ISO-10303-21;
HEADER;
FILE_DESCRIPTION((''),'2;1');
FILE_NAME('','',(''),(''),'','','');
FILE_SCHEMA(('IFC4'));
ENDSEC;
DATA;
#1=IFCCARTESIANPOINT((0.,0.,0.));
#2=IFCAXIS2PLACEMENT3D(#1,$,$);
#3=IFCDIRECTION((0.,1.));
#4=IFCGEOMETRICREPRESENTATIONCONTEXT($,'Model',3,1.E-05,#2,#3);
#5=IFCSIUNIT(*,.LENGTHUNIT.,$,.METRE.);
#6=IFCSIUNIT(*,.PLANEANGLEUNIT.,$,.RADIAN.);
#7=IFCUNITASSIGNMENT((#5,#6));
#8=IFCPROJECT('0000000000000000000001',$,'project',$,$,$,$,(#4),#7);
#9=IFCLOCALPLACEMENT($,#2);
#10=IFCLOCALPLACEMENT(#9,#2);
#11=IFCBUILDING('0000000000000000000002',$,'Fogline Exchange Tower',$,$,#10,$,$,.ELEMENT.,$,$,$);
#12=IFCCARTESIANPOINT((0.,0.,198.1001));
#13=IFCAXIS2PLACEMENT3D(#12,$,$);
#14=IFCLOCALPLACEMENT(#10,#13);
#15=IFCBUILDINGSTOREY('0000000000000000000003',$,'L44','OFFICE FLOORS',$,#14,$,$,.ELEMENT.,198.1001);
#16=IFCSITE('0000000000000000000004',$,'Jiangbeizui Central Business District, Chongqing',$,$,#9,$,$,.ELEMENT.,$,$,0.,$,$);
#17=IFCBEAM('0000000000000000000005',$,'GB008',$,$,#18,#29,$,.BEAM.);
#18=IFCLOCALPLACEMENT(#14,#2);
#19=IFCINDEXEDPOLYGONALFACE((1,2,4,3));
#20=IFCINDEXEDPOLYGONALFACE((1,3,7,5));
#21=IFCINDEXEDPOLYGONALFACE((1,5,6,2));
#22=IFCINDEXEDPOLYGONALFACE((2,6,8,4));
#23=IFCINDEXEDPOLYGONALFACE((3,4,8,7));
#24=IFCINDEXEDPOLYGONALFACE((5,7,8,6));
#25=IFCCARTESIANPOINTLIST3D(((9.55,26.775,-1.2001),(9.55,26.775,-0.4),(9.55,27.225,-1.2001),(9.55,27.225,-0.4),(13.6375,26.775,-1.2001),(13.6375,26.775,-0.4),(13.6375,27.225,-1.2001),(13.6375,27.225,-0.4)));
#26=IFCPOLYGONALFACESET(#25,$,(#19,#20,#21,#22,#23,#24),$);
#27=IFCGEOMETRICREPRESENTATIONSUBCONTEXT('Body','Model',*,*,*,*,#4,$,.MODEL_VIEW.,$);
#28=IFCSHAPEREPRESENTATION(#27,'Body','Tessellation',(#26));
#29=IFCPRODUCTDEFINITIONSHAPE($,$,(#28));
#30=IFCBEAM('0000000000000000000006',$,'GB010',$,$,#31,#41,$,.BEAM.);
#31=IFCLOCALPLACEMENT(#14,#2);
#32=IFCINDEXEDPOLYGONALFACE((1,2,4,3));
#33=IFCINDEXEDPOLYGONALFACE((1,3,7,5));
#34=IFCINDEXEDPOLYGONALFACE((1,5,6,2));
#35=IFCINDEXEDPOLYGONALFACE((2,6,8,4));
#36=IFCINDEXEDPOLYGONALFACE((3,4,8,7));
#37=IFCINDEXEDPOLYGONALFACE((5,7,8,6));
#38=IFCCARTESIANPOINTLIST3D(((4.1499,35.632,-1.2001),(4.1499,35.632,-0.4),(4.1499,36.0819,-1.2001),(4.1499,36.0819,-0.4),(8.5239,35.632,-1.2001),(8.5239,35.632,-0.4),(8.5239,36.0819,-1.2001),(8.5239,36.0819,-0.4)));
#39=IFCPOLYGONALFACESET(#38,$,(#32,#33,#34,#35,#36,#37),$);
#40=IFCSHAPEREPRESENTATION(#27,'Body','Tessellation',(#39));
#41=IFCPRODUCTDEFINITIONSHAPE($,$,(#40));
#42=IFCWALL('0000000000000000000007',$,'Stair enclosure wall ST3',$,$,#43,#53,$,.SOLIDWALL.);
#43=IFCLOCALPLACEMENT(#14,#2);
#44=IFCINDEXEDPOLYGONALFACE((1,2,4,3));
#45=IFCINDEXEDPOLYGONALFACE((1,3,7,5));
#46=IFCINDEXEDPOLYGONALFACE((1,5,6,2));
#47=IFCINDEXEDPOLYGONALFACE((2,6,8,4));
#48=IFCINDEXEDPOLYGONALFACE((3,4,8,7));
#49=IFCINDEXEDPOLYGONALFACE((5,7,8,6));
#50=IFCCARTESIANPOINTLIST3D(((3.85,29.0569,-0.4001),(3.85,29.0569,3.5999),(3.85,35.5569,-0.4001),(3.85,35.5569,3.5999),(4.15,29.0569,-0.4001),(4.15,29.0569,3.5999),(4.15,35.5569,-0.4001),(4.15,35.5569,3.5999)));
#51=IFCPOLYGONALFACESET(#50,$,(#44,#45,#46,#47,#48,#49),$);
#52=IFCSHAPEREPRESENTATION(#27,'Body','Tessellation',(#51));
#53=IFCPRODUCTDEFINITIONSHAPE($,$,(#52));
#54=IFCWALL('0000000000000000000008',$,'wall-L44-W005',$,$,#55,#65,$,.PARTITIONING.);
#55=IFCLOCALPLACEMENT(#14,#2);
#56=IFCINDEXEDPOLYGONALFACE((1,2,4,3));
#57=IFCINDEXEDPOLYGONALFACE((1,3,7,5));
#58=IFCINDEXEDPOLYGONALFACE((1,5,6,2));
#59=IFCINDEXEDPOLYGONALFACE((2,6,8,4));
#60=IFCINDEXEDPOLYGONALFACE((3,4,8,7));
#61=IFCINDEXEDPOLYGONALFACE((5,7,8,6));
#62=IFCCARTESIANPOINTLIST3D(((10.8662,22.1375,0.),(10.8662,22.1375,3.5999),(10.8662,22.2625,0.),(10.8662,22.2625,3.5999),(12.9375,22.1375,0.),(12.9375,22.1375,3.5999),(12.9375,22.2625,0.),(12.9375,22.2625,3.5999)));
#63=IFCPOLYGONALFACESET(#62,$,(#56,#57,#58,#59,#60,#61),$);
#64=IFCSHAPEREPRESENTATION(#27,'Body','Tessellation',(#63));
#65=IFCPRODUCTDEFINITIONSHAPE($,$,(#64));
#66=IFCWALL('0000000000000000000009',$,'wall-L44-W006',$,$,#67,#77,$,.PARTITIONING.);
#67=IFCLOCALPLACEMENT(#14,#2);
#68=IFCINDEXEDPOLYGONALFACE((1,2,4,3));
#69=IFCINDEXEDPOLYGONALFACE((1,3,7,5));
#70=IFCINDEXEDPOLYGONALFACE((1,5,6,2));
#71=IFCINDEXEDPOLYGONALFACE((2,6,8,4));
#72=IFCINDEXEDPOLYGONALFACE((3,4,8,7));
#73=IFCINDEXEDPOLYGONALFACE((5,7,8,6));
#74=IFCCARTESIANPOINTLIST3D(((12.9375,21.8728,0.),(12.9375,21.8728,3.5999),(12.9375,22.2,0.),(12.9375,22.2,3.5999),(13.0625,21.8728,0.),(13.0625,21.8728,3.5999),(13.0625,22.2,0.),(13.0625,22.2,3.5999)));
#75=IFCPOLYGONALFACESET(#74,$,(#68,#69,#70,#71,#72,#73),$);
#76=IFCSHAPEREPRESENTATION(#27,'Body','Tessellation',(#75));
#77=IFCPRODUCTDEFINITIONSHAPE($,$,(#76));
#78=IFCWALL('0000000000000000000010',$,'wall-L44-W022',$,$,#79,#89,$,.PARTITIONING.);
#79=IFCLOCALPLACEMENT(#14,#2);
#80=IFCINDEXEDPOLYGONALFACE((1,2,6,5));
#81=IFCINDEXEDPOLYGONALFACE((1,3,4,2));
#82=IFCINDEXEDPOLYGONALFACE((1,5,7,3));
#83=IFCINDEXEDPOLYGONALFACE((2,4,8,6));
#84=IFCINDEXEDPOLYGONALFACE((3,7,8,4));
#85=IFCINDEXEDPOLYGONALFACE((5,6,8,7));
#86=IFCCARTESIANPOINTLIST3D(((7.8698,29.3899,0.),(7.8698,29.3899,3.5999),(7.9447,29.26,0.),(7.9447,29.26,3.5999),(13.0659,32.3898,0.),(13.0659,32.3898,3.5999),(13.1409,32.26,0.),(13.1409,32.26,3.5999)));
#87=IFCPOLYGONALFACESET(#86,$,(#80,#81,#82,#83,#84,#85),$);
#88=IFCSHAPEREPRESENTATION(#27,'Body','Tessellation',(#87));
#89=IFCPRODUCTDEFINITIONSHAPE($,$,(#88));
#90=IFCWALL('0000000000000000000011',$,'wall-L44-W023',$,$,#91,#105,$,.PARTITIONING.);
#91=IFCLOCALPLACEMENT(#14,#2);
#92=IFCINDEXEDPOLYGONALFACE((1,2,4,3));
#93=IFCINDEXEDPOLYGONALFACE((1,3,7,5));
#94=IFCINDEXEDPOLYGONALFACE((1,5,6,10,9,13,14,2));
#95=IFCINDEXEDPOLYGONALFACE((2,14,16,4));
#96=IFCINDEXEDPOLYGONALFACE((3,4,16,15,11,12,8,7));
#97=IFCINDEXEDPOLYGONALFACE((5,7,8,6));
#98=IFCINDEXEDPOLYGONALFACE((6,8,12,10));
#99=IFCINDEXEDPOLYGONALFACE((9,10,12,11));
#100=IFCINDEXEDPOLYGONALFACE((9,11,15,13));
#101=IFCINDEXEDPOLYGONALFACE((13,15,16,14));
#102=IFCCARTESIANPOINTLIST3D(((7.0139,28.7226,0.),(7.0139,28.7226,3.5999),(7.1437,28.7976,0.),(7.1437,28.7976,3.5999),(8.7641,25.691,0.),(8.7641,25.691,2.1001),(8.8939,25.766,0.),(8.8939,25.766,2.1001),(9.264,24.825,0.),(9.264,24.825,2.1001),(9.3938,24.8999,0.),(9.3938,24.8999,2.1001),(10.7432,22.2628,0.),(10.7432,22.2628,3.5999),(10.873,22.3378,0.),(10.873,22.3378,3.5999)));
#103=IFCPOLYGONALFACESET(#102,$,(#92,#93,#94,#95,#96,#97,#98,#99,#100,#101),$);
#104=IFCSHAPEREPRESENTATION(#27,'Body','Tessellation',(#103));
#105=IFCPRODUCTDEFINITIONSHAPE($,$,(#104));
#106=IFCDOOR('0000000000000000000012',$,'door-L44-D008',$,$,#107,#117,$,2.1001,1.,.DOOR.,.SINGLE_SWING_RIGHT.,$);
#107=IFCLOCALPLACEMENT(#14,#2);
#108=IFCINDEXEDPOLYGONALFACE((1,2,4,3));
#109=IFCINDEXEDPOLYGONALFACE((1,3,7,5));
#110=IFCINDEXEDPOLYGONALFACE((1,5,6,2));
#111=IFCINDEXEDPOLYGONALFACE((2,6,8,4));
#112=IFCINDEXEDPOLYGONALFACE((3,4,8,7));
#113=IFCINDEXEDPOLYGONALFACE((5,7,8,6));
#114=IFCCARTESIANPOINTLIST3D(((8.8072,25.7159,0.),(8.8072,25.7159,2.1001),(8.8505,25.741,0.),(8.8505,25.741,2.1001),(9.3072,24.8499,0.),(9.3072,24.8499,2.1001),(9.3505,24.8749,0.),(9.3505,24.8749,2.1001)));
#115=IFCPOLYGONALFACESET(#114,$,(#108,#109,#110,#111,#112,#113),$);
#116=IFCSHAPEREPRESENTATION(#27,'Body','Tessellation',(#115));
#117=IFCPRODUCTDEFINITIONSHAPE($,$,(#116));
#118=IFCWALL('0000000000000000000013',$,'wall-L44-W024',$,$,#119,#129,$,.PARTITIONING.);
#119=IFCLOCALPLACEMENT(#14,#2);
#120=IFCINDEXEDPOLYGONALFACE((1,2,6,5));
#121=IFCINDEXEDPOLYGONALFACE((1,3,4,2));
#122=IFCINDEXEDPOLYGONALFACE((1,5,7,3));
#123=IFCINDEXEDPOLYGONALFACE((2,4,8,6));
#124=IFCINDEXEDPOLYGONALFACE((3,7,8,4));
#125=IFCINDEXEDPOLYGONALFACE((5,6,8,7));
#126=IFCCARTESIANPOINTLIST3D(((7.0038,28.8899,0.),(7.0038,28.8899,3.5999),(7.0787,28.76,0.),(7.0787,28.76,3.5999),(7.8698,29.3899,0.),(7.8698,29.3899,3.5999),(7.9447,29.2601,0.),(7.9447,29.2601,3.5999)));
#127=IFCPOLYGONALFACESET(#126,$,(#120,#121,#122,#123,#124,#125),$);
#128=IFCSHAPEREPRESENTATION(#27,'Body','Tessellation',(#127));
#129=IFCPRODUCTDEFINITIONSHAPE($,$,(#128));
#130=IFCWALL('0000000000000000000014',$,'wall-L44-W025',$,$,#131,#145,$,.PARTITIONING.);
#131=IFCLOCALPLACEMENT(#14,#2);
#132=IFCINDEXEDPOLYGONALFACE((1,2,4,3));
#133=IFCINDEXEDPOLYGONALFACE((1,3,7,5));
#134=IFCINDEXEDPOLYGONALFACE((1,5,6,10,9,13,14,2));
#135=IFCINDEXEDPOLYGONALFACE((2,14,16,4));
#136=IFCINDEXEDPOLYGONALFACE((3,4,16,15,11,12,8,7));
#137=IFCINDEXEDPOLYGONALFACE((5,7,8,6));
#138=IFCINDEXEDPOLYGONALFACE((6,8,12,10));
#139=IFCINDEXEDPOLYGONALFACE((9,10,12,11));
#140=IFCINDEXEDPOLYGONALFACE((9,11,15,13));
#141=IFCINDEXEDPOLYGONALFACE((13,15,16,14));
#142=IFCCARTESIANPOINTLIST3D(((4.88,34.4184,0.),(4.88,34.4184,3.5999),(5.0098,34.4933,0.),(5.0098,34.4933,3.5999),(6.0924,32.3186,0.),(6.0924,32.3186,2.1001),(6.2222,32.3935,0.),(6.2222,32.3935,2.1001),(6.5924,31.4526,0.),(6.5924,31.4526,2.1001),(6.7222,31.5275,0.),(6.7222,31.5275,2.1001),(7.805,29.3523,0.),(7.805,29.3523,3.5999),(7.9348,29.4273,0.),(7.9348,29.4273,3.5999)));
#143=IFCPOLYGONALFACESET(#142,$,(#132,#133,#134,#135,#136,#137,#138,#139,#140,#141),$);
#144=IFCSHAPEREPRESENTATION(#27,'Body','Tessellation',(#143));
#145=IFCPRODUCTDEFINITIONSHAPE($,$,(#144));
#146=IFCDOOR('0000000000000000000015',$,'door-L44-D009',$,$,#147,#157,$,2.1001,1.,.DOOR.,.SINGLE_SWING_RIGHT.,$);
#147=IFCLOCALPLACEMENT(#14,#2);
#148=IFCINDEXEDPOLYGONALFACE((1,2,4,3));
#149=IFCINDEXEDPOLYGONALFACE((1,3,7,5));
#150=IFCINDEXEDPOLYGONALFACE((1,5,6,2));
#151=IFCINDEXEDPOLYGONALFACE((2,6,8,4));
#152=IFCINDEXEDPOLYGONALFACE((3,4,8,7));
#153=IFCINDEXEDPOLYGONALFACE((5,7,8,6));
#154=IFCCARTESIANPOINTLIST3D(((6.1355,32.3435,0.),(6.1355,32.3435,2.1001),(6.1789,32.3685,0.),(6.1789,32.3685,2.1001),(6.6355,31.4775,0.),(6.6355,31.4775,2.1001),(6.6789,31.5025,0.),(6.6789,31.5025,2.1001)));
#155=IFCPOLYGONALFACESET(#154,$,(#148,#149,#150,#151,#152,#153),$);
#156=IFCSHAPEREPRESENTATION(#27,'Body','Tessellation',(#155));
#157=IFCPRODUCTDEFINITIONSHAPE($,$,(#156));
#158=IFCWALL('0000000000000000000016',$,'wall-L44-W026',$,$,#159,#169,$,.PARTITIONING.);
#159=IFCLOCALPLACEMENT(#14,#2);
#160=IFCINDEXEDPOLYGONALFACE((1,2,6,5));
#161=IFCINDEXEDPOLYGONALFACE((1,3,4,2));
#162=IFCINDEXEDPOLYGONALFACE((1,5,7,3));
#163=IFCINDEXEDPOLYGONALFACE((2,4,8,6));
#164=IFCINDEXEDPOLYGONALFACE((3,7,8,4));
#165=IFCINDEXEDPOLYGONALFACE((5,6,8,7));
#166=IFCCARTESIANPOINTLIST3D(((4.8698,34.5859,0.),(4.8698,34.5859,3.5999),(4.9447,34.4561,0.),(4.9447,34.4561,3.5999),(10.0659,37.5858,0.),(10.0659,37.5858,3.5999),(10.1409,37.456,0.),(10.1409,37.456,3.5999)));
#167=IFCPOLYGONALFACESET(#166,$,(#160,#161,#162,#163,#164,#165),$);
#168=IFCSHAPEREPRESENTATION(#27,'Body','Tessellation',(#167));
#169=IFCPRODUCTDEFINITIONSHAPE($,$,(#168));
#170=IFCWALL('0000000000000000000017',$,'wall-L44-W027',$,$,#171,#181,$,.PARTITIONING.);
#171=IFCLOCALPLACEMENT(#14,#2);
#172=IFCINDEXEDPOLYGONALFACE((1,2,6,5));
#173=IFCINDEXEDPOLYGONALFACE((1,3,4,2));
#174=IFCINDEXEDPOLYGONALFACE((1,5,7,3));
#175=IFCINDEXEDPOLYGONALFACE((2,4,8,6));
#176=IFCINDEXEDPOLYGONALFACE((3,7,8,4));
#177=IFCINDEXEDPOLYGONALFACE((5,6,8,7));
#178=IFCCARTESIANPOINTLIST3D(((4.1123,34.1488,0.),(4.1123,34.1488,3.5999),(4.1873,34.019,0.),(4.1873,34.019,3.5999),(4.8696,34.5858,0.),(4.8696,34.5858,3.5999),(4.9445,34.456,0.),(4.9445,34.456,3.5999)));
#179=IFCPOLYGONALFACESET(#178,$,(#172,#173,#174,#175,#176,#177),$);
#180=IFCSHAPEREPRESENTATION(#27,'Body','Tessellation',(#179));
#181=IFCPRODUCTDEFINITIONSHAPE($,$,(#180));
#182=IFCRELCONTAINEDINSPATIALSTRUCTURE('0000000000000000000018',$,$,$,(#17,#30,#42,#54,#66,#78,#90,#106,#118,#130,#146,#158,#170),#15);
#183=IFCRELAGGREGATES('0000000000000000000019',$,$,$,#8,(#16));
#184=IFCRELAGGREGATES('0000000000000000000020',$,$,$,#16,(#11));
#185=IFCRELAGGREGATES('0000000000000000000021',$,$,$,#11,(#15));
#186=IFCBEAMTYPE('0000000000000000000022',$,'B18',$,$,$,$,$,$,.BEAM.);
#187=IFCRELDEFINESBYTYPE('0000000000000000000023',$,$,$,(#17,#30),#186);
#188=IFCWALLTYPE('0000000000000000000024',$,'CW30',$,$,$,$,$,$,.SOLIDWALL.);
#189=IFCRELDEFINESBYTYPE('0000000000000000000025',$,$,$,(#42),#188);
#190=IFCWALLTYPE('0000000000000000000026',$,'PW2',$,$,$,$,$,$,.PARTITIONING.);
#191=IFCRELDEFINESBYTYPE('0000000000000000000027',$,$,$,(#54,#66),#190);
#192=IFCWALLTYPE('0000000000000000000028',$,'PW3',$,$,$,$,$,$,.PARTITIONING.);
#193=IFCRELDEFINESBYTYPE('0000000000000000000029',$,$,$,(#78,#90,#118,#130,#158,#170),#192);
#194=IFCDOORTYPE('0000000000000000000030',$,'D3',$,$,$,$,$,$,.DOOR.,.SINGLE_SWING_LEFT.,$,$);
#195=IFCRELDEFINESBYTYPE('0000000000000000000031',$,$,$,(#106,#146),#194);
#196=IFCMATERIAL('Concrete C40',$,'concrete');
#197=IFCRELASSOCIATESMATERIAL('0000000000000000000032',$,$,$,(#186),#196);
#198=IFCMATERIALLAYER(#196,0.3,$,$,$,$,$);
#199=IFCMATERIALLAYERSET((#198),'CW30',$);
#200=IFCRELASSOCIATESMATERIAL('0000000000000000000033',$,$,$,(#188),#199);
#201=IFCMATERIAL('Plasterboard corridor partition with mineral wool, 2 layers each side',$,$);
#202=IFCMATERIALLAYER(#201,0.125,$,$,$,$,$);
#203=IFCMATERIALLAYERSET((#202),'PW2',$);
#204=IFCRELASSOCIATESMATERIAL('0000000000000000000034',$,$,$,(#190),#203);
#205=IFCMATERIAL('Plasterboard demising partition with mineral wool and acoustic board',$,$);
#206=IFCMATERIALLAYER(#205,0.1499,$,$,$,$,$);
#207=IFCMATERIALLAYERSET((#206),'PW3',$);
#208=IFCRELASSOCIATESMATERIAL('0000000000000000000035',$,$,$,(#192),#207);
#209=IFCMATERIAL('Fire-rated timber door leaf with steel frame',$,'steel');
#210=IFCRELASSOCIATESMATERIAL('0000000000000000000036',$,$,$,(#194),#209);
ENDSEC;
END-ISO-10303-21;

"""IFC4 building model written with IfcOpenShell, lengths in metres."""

from ifc_helpers import new_model, si_unit, direction, frame, frame_2d, origin, origin_2d, place, context, subcontext, project, spatial, rectangle, extrude, material, layer, layer_set, material_profile, profile_set, type_object, element, fill, save


model = new_model("IFC4")

# Units and contexts
model_context = context("Model", 3, precision=1e-05, world=origin(), true_north=direction((0.0, 1.0)))
body_context = subcontext(model_context, "Body", "Model", "MODEL_VIEW")
ifc_project = project(units=[si_unit("LENGTHUNIT", "METRE"), si_unit("PLANEANGLEUNIT", "RADIAN")], contexts=[model_context])

# Site, building, storey
site_placement = place(None, origin())
site = spatial("IfcSite", under=ifc_project, at=site_placement, Name="Jiangbeizui Central Business District, Chongqing", CompositionType="ELEMENT", RefElevation=0.0)
building_placement = place(site_placement, origin())
building = spatial("IfcBuilding", under=site, at=building_placement, Name="Fogline Exchange Tower", CompositionType="ELEMENT")
storey_placement = place(building_placement, frame((0.0, 0.0, 198.1001)))
storey = spatial("IfcBuildingStorey", under=building, at=storey_placement, Name="L44", Description="OFFICE FLOORS", CompositionType="ELEMENT", Elevation=198.1001)

# Beams
ifc_material_1 = material(Name="Concrete C40", Category="concrete")
ifc_material_profile_1 = material_profile(ifc_material_1, rectangle(XDim=0.45, YDim=0.8, at=origin_2d()), Name="RC 450x800")
ifc_profile_set_1 = profile_set([ifc_material_profile_1], Name="Concrete C40")
beam_type_1 = type_object("IfcBeamType", Name="B18", PredefinedType="BEAM", material=ifc_profile_set_1)
beam_1_placement = place(storey_placement, frame((9.55, 27.0, -0.8), z_axis=(1.0, 0.0, 0.0), x_axis=(0.0, 1.0, 0.0)))
element("IfcBeam", 1, at=beam_1_placement, inside=storey, type_object=beam_type_1, Name="GB008", PredefinedType="BEAM", context=body_context, shape_type="SweptSolid", body=[
    extrude(rectangle(XDim=0.45, YDim=0.8, at=origin_2d()), origin(), (0.0, 0.0, 1.0), 4.0874),
])
beam_2_placement = place(storey_placement, frame((4.1499, 35.8569, -0.8), z_axis=(1.0, 0.0, 0.0), x_axis=(0.0, 1.0, 0.0)))
element("IfcBeam", 2, at=beam_2_placement, inside=storey, type_object=beam_type_1, Name="GB010", PredefinedType="BEAM", context=body_context, shape_type="SweptSolid", body=[
    extrude(rectangle(XDim=0.45, YDim=0.8, at=origin_2d()), origin(), (0.0, 0.0, 1.0), 4.374),
])

# Wall
ifc_layer_1 = layer(ifc_material_1, 0.3)
ifc_layer_set_1 = layer_set([ifc_layer_1], Name="CW30")
wall_type_1 = type_object("IfcWallType", Name="CW30", PredefinedType="SOLIDWALL", material=ifc_layer_set_1)
wall_1_placement = place(storey_placement, frame((4.0, 29.0569, -0.4001), z_axis=(0.0, 0.0, 1.0), x_axis=(0.0, 1.0, 0.0)))
element("IfcWall", 3, at=wall_1_placement, inside=storey, type_object=wall_type_1, Name="Stair enclosure wall ST3", PredefinedType="SOLIDWALL", context=body_context, shape_type="SweptSolid", body=[
    extrude(rectangle(XDim=6.5, YDim=0.3, at=frame_2d((3.25, 0.0))), origin(), (0.0, 0.0, 1.0), 4.0),
])

# Walls
ifc_material_2 = material(Name="Plasterboard corridor partition with mineral wool, 2 layers each side")
ifc_layer_2 = layer(ifc_material_2, 0.125)
ifc_layer_set_2 = layer_set([ifc_layer_2], Name="PW2")
wall_type_2 = type_object("IfcWallType", Name="PW2", PredefinedType="PARTITIONING", material=ifc_layer_set_2)
wall_2_placement = place(storey_placement, frame((10.8662, 22.2, 0.0), z_axis=(0.0, 0.0, 1.0), x_axis=(1.0, 0.0, 0.0)))
element("IfcWall", 4, at=wall_2_placement, inside=storey, type_object=wall_type_2, Name="wall-L44-W005", PredefinedType="PARTITIONING", context=body_context, shape_type="SweptSolid", body=[
    extrude(rectangle(XDim=2.0713, YDim=0.125, at=frame_2d((1.0356, 0.0))), origin(), (0.0, 0.0, 1.0), 3.5999),
])
wall_3_placement = place(storey_placement, frame((13.0, 22.2, 0.0), z_axis=(0.0, 0.0, 1.0), x_axis=(0.0, -1.0, 0.0)))
element("IfcWall", 5, at=wall_3_placement, inside=storey, type_object=wall_type_2, Name="wall-L44-W006", PredefinedType="PARTITIONING", context=body_context, shape_type="SweptSolid", body=[
    extrude(rectangle(XDim=0.3271, YDim=0.125, at=frame_2d((0.1636, 0.0))), origin(), (0.0, 0.0, 1.0), 3.5999),
])
ifc_material_3 = material(Name="Plasterboard demising partition with mineral wool and acoustic board")
ifc_layer_3 = layer(ifc_material_3, 0.1499)
ifc_layer_set_3 = layer_set([ifc_layer_3], Name="PW3")
wall_type_3 = type_object("IfcWallType", Name="PW3", PredefinedType="PARTITIONING", material=ifc_layer_set_3)
wall_4_placement = place(storey_placement, frame((7.9072, 29.325, 0.0), z_axis=(0.0, 0.0, 1.0), x_axis=(0.866031, 0.49999, 0.0)))
element("IfcWall", 6, at=wall_4_placement, inside=storey, type_object=wall_type_3, Name="wall-L44-W022", PredefinedType="PARTITIONING", context=body_context, shape_type="SweptSolid", body=[
    extrude(rectangle(XDim=6.0, YDim=0.1499, at=frame_2d((3.0, 0.0))), origin(), (0.0, 0.0, 1.0), 3.5999),
])

# Wall, opening, door
wall_5_placement = place(storey_placement, frame((10.8081, 22.3003, 0.0), z_axis=(0.0, 0.0, 1.0), x_axis=(-0.499973, 0.866041, 0.0)))
wall_5 = element("IfcWall", 7, at=wall_5_placement, inside=storey, type_object=wall_type_3, Name="wall-L44-W023", PredefinedType="PARTITIONING", context=body_context, shape_type="SweptSolid", body=[
    extrude(rectangle(XDim=7.459, YDim=0.1499, at=frame_2d((3.7295, 0.0))), origin(), (0.0, 0.0, 1.0), 3.5999),
])
opening_1_placement = place(wall_5_placement, frame((2.9585, 0.0, 0.0)))
opening_1 = element("IfcOpeningElement", 8, at=opening_1_placement, cuts=wall_5, PredefinedType="OPENING", context=body_context, shape_type="SweptSolid", body=[
    extrude(rectangle(XDim=1.0, YDim=2.1001, at=frame_2d((0.5, 1.05))), frame((0.0, 0.085, 0.0), z_axis=(0.0, -1.0, 0.0), x_axis=(1.0, 0.0, 0.0)), (0.0, 0.0, 1.0), 0.1699),
])
ifc_material_4 = material(Name="Fire-rated timber door leaf with steel frame", Category="steel")
door_type_1 = type_object("IfcDoorType", Name="D3", OperationType="SINGLE_SWING_LEFT", PredefinedType="DOOR", material=ifc_material_4)
door_1_placement = place(opening_1_placement, frame((1.0, 0.0, 0.0), z_axis=(0.0, 0.0, 1.0), x_axis=(-1.0, 0.0, 0.0)))
door_1 = element("IfcDoor", 9, at=door_1_placement, inside=storey, type_object=door_type_1, Name="door-L44-D008", OperationType="SINGLE_SWING_RIGHT", OverallHeight=2.1001, OverallWidth=1.0, PredefinedType="DOOR", context=body_context, shape_type="SweptSolid", body=[
    extrude(rectangle(XDim=1.0, YDim=2.1001, at=frame_2d((0.5, 1.05))), frame((0.0, 0.0249, 0.0), z_axis=(0.0, -1.0, 0.0), x_axis=(1.0, 0.0, 0.0)), (0.0, 0.0, 1.0), 0.05),
])
fill(opening_1, door_1)

# Wall
wall_6_placement = place(storey_placement, frame((7.0413, 28.825, 0.0), z_axis=(0.0, 0.0, 1.0), x_axis=(0.866011, 0.500025, 0.0)))
element("IfcWall", 10, at=wall_6_placement, inside=storey, type_object=wall_type_3, Name="wall-L44-W024", PredefinedType="PARTITIONING", context=body_context, shape_type="SweptSolid", body=[
    extrude(rectangle(XDim=1.0, YDim=0.1499, at=frame_2d((0.5, 0.0))), origin(), (0.0, 0.0, 1.0), 3.5999),
])

# Wall, opening, door
wall_7_placement = place(storey_placement, frame((7.8699, 29.3899, 0.0), z_axis=(0.0, 0.0, 1.0), x_axis=(-0.500013, 0.866018, 0.0)))
wall_7 = element("IfcWall", 11, at=wall_7_placement, inside=storey, type_object=wall_type_3, Name="wall-L44-W025", PredefinedType="PARTITIONING", context=body_context, shape_type="SweptSolid", body=[
    extrude(rectangle(XDim=5.8499, YDim=0.1499, at=frame_2d((2.9248, 0.0))), origin(), (0.0, 0.0, 1.0), 3.5999),
])
opening_2_placement = place(wall_7_placement, frame((2.425, 0.0, 0.0)))
opening_2 = element("IfcOpeningElement", 12, at=opening_2_placement, cuts=wall_7, PredefinedType="OPENING", context=body_context, shape_type="SweptSolid", body=[
    extrude(rectangle(XDim=1.0, YDim=2.1001, at=frame_2d((0.5, 1.05))), frame((0.0, 0.085, 0.0), z_axis=(0.0, -1.0, 0.0), x_axis=(1.0, 0.0, 0.0)), (0.0, 0.0, 1.0), 0.1699),
])
door_2_placement = place(opening_2_placement, frame((1.0, 0.0, 0.0), z_axis=(0.0, 0.0, 1.0), x_axis=(-1.0, 0.0, 0.0)))
door_2 = element("IfcDoor", 13, at=door_2_placement, inside=storey, type_object=door_type_1, Name="door-L44-D009", OperationType="SINGLE_SWING_RIGHT", OverallHeight=2.1001, OverallWidth=1.0, PredefinedType="DOOR", context=body_context, shape_type="SweptSolid", body=[
    extrude(rectangle(XDim=1.0, YDim=2.1001, at=frame_2d((0.5, 1.05))), frame((0.0, 0.0249, 0.0), z_axis=(0.0, -1.0, 0.0), x_axis=(1.0, 0.0, 0.0)), (0.0, 0.0, 1.0), 0.05),
])
fill(opening_2, door_2)

# Walls
wall_8_placement = place(storey_placement, frame((4.9072, 34.521, 0.0), z_axis=(0.0, 0.0, 1.0), x_axis=(0.866031, 0.49999, 0.0)))
element("IfcWall", 14, at=wall_8_placement, inside=storey, type_object=wall_type_3, Name="wall-L44-W026", PredefinedType="PARTITIONING", context=body_context, shape_type="SweptSolid", body=[
    extrude(rectangle(XDim=6.0, YDim=0.1499, at=frame_2d((3.0, 0.0))), origin(), (0.0, 0.0, 1.0), 3.5999),
])
wall_9_placement = place(storey_placement, frame((4.1499, 34.084, 0.0), z_axis=(0.0, 0.0, 1.0), x_axis=(0.866139, 0.499803, 0.0)))
element("IfcWall", 15, at=wall_9_placement, inside=storey, type_object=wall_type_3, Name="wall-L44-W027", PredefinedType="PARTITIONING", context=body_context, shape_type="SweptSolid", body=[
    extrude(rectangle(XDim=0.8743, YDim=0.1499, at=frame_2d((0.437, 0.0))), origin(), (0.0, 0.0, 1.0), 3.5999),
])

save(model, "model.ifc")
